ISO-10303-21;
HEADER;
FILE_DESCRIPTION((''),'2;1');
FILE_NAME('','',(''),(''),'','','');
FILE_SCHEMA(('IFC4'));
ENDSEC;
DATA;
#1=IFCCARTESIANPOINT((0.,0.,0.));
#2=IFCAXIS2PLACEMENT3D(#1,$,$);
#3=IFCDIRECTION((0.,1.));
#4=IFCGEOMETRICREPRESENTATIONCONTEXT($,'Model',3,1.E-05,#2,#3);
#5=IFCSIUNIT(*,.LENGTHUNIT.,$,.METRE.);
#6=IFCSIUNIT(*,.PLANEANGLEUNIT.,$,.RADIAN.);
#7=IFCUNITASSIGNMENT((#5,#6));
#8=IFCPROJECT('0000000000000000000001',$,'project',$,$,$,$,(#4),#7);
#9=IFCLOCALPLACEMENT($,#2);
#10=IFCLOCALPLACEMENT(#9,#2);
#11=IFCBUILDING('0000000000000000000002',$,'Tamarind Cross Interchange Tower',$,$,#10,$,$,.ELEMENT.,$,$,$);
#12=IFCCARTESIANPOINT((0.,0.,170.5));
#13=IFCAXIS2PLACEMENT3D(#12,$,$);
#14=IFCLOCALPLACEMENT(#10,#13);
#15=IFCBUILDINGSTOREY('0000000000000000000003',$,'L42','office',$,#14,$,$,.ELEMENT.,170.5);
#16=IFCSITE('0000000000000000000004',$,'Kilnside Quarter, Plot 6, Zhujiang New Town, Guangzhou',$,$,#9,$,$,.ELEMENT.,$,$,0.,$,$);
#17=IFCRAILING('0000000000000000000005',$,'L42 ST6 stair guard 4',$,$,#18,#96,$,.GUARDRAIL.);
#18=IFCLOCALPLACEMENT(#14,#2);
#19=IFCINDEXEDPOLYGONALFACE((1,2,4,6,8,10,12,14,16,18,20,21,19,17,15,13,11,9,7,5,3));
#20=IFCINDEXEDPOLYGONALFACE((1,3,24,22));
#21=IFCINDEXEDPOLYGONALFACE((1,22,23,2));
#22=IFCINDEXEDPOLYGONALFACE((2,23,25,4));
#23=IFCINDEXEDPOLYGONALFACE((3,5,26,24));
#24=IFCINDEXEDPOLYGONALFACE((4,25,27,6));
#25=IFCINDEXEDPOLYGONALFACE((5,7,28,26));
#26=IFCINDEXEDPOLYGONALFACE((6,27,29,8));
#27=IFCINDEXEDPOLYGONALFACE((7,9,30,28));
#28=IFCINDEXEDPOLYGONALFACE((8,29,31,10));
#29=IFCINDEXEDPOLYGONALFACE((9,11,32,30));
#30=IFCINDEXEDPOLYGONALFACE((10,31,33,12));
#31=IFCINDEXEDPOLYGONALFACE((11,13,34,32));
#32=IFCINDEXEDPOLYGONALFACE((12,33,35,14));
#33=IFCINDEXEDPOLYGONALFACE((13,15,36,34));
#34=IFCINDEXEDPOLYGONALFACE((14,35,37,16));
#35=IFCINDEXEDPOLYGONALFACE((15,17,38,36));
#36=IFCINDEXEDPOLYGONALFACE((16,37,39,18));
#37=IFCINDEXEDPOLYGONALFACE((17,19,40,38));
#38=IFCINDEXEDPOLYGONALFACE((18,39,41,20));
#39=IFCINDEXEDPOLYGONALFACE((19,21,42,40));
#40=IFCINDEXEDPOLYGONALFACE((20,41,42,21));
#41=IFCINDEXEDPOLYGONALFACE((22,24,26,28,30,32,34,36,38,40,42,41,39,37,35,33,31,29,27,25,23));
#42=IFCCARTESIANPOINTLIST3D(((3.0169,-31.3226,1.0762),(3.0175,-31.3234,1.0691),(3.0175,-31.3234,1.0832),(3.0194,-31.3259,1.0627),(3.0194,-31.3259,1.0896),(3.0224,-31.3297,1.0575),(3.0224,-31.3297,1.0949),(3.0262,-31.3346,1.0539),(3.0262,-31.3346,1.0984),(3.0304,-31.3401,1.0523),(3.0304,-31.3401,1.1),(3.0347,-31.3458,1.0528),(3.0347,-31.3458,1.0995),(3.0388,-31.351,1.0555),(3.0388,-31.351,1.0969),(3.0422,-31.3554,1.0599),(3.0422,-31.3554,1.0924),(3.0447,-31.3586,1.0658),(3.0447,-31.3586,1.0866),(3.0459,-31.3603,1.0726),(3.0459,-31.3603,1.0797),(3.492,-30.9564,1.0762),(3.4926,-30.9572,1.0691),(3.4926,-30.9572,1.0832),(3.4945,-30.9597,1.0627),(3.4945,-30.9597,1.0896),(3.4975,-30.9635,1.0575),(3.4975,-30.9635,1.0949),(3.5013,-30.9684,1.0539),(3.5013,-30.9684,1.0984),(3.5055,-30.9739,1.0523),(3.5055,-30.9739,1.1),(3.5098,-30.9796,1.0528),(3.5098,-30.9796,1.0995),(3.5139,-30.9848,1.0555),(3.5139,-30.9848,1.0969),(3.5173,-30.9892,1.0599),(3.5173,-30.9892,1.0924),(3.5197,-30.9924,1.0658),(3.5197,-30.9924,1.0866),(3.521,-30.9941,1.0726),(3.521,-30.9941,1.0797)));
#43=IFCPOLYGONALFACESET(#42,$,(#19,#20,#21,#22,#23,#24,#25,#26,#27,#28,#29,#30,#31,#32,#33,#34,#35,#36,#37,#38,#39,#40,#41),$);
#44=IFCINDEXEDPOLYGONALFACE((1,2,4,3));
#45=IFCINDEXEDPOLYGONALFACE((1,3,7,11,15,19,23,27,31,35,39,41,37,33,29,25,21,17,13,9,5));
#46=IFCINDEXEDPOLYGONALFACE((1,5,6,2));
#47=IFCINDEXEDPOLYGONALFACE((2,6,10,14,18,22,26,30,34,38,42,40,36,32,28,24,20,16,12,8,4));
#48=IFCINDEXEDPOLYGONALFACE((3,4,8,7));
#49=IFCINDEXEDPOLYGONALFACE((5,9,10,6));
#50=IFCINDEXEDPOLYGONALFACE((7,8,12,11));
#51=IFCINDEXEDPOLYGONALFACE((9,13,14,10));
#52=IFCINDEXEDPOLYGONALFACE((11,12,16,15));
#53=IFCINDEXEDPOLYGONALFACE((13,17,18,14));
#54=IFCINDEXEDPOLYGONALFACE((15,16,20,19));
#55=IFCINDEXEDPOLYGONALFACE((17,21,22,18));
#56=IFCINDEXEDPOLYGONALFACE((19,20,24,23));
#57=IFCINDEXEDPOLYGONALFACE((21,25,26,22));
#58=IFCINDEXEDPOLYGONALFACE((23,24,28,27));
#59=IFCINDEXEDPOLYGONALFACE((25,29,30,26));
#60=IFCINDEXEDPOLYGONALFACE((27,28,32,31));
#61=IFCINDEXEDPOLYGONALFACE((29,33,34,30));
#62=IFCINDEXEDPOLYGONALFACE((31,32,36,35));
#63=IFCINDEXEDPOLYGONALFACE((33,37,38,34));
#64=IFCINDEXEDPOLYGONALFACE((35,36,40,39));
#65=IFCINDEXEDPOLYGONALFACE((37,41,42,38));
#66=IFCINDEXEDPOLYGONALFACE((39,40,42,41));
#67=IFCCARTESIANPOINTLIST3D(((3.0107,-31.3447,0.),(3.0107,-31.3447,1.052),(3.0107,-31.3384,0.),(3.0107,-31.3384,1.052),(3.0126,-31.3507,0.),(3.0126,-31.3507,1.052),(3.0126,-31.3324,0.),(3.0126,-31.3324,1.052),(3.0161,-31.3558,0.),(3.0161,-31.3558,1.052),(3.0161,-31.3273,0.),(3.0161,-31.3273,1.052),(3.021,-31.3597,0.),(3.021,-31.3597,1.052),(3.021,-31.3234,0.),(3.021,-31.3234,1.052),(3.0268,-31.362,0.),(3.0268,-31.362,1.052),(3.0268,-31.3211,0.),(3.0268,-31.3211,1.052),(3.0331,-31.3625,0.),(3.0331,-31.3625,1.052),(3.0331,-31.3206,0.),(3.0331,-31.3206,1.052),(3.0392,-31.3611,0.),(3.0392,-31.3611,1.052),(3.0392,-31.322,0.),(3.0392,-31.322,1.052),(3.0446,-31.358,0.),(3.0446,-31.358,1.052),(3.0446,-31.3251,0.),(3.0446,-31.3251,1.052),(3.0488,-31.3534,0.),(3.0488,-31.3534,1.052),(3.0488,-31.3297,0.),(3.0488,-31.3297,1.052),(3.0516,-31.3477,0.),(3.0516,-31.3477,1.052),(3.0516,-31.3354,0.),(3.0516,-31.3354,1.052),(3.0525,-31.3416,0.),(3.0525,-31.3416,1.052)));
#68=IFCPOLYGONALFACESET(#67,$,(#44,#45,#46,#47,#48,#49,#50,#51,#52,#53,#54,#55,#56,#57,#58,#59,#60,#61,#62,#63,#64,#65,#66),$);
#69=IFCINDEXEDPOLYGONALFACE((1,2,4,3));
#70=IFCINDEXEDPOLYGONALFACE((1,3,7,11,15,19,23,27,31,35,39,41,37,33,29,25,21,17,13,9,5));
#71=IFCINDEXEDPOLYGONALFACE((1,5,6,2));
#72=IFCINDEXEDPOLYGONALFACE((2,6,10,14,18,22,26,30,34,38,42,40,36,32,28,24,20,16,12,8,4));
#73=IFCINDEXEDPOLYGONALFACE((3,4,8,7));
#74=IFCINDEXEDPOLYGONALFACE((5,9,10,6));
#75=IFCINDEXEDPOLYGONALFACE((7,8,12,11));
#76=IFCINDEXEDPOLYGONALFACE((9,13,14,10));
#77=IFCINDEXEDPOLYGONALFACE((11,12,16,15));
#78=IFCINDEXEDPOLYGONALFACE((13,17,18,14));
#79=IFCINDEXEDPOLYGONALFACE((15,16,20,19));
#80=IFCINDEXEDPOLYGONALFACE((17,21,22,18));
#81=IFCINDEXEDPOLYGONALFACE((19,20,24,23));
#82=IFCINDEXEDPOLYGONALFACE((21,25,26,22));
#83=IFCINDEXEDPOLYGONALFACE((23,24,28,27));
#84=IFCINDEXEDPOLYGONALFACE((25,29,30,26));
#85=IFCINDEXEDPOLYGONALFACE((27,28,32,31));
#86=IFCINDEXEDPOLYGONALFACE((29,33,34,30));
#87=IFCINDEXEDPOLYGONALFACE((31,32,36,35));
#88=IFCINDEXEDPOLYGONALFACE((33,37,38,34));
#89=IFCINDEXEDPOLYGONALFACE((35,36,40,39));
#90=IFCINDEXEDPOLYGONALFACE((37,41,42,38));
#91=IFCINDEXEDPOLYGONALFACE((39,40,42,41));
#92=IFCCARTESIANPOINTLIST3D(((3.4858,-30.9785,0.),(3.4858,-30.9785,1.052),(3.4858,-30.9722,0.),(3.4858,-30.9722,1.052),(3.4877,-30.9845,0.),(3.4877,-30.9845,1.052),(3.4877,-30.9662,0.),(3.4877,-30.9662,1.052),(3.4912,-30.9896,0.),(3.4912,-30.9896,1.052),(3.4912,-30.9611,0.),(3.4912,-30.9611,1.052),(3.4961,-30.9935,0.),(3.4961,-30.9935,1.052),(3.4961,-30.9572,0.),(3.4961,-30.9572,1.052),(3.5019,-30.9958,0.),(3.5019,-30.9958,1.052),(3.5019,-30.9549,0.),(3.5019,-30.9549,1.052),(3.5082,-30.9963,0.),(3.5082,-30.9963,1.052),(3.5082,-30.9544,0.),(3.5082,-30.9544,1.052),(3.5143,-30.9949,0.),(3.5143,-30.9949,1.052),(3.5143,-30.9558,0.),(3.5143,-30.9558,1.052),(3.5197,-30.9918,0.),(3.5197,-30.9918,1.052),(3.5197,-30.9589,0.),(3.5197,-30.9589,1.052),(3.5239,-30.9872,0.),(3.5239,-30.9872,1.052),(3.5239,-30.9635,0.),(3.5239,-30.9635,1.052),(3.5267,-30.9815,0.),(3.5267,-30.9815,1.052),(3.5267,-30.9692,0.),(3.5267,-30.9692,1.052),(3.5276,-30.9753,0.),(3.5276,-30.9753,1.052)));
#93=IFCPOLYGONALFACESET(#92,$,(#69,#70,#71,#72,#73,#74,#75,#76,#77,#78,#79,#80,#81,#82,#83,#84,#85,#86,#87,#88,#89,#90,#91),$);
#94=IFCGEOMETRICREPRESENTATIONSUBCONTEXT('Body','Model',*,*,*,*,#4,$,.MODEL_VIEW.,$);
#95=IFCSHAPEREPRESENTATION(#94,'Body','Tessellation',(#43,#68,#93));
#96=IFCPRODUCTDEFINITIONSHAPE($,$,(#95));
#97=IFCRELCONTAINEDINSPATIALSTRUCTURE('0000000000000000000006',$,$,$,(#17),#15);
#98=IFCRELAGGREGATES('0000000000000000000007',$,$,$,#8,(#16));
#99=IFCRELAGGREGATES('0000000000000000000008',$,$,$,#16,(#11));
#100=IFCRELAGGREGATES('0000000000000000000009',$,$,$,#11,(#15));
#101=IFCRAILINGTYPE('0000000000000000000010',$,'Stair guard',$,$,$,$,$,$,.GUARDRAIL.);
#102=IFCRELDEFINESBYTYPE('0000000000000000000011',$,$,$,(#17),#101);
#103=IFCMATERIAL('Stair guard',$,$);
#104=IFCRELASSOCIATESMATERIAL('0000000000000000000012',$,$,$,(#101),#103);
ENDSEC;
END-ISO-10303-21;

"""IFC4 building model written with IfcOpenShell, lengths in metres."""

from ifc_helpers import new_model, si_unit, direction, frame, origin, origin_2d, place, context, subcontext, project, spatial, circle, extrude, material, type_object, element, save


model = new_model("IFC4")

# Units and contexts
model_context = context("Model", 3, precision=1e-05, world=origin(), true_north=direction((0.0, 1.0)))
body_context = subcontext(model_context, "Body", "Model", "MODEL_VIEW")
ifc_project = project(units=[si_unit("LENGTHUNIT", "METRE"), si_unit("PLANEANGLEUNIT", "RADIAN")], contexts=[model_context])

# Site, building, storey
site_placement = place(None, origin())
site = spatial("IfcSite", under=ifc_project, at=site_placement, Name="Kilnside Quarter, Plot 6, Zhujiang New Town, Guangzhou", CompositionType="ELEMENT", RefElevation=0.0)
building_placement = place(site_placement, origin())
building = spatial("IfcBuilding", under=site, at=building_placement, Name="Tamarind Cross Interchange Tower", CompositionType="ELEMENT")
storey_placement = place(building_placement, frame((0.0, 0.0, 170.5)))
storey = spatial("IfcBuildingStorey", under=building, at=storey_placement, Name="L42", Description="office", CompositionType="ELEMENT", Elevation=170.5)

# Railing
ifc_material_1 = material(Name="Stair guard")
railing_type = type_object("IfcRailingType", Name="Stair guard", PredefinedType="GUARDRAIL", material=ifc_material_1)
railing_1_placement = place(storey_placement, frame((3.0315, -31.3416, 0.0)))
element("IfcRailing", 1, at=railing_1_placement, inside=storey, type_object=railing_type, Name="L42 ST6 stair guard 4", PredefinedType="GUARDRAIL", context=body_context, shape_type="SweptSolid", body=[
    extrude(circle(Radius=0.0239, at=origin_2d()), frame((0.0, 0.0, 1.0762), z_axis=(0.792018, 0.610497, 0.0), x_axis=(-0.610497, 0.792018, 0.0)), (0.0, 0.0, 1.0), 0.5999),
    extrude(circle(Radius=0.021, at=origin_2d()), origin(), (0.0, 0.0, 1.0), 1.052),
    extrude(circle(Radius=0.021, at=origin_2d()), frame((0.4751, 0.3662, 0.0)), (0.0, 0.0, 1.0), 1.052),
])

save(model, "model.ifc")
